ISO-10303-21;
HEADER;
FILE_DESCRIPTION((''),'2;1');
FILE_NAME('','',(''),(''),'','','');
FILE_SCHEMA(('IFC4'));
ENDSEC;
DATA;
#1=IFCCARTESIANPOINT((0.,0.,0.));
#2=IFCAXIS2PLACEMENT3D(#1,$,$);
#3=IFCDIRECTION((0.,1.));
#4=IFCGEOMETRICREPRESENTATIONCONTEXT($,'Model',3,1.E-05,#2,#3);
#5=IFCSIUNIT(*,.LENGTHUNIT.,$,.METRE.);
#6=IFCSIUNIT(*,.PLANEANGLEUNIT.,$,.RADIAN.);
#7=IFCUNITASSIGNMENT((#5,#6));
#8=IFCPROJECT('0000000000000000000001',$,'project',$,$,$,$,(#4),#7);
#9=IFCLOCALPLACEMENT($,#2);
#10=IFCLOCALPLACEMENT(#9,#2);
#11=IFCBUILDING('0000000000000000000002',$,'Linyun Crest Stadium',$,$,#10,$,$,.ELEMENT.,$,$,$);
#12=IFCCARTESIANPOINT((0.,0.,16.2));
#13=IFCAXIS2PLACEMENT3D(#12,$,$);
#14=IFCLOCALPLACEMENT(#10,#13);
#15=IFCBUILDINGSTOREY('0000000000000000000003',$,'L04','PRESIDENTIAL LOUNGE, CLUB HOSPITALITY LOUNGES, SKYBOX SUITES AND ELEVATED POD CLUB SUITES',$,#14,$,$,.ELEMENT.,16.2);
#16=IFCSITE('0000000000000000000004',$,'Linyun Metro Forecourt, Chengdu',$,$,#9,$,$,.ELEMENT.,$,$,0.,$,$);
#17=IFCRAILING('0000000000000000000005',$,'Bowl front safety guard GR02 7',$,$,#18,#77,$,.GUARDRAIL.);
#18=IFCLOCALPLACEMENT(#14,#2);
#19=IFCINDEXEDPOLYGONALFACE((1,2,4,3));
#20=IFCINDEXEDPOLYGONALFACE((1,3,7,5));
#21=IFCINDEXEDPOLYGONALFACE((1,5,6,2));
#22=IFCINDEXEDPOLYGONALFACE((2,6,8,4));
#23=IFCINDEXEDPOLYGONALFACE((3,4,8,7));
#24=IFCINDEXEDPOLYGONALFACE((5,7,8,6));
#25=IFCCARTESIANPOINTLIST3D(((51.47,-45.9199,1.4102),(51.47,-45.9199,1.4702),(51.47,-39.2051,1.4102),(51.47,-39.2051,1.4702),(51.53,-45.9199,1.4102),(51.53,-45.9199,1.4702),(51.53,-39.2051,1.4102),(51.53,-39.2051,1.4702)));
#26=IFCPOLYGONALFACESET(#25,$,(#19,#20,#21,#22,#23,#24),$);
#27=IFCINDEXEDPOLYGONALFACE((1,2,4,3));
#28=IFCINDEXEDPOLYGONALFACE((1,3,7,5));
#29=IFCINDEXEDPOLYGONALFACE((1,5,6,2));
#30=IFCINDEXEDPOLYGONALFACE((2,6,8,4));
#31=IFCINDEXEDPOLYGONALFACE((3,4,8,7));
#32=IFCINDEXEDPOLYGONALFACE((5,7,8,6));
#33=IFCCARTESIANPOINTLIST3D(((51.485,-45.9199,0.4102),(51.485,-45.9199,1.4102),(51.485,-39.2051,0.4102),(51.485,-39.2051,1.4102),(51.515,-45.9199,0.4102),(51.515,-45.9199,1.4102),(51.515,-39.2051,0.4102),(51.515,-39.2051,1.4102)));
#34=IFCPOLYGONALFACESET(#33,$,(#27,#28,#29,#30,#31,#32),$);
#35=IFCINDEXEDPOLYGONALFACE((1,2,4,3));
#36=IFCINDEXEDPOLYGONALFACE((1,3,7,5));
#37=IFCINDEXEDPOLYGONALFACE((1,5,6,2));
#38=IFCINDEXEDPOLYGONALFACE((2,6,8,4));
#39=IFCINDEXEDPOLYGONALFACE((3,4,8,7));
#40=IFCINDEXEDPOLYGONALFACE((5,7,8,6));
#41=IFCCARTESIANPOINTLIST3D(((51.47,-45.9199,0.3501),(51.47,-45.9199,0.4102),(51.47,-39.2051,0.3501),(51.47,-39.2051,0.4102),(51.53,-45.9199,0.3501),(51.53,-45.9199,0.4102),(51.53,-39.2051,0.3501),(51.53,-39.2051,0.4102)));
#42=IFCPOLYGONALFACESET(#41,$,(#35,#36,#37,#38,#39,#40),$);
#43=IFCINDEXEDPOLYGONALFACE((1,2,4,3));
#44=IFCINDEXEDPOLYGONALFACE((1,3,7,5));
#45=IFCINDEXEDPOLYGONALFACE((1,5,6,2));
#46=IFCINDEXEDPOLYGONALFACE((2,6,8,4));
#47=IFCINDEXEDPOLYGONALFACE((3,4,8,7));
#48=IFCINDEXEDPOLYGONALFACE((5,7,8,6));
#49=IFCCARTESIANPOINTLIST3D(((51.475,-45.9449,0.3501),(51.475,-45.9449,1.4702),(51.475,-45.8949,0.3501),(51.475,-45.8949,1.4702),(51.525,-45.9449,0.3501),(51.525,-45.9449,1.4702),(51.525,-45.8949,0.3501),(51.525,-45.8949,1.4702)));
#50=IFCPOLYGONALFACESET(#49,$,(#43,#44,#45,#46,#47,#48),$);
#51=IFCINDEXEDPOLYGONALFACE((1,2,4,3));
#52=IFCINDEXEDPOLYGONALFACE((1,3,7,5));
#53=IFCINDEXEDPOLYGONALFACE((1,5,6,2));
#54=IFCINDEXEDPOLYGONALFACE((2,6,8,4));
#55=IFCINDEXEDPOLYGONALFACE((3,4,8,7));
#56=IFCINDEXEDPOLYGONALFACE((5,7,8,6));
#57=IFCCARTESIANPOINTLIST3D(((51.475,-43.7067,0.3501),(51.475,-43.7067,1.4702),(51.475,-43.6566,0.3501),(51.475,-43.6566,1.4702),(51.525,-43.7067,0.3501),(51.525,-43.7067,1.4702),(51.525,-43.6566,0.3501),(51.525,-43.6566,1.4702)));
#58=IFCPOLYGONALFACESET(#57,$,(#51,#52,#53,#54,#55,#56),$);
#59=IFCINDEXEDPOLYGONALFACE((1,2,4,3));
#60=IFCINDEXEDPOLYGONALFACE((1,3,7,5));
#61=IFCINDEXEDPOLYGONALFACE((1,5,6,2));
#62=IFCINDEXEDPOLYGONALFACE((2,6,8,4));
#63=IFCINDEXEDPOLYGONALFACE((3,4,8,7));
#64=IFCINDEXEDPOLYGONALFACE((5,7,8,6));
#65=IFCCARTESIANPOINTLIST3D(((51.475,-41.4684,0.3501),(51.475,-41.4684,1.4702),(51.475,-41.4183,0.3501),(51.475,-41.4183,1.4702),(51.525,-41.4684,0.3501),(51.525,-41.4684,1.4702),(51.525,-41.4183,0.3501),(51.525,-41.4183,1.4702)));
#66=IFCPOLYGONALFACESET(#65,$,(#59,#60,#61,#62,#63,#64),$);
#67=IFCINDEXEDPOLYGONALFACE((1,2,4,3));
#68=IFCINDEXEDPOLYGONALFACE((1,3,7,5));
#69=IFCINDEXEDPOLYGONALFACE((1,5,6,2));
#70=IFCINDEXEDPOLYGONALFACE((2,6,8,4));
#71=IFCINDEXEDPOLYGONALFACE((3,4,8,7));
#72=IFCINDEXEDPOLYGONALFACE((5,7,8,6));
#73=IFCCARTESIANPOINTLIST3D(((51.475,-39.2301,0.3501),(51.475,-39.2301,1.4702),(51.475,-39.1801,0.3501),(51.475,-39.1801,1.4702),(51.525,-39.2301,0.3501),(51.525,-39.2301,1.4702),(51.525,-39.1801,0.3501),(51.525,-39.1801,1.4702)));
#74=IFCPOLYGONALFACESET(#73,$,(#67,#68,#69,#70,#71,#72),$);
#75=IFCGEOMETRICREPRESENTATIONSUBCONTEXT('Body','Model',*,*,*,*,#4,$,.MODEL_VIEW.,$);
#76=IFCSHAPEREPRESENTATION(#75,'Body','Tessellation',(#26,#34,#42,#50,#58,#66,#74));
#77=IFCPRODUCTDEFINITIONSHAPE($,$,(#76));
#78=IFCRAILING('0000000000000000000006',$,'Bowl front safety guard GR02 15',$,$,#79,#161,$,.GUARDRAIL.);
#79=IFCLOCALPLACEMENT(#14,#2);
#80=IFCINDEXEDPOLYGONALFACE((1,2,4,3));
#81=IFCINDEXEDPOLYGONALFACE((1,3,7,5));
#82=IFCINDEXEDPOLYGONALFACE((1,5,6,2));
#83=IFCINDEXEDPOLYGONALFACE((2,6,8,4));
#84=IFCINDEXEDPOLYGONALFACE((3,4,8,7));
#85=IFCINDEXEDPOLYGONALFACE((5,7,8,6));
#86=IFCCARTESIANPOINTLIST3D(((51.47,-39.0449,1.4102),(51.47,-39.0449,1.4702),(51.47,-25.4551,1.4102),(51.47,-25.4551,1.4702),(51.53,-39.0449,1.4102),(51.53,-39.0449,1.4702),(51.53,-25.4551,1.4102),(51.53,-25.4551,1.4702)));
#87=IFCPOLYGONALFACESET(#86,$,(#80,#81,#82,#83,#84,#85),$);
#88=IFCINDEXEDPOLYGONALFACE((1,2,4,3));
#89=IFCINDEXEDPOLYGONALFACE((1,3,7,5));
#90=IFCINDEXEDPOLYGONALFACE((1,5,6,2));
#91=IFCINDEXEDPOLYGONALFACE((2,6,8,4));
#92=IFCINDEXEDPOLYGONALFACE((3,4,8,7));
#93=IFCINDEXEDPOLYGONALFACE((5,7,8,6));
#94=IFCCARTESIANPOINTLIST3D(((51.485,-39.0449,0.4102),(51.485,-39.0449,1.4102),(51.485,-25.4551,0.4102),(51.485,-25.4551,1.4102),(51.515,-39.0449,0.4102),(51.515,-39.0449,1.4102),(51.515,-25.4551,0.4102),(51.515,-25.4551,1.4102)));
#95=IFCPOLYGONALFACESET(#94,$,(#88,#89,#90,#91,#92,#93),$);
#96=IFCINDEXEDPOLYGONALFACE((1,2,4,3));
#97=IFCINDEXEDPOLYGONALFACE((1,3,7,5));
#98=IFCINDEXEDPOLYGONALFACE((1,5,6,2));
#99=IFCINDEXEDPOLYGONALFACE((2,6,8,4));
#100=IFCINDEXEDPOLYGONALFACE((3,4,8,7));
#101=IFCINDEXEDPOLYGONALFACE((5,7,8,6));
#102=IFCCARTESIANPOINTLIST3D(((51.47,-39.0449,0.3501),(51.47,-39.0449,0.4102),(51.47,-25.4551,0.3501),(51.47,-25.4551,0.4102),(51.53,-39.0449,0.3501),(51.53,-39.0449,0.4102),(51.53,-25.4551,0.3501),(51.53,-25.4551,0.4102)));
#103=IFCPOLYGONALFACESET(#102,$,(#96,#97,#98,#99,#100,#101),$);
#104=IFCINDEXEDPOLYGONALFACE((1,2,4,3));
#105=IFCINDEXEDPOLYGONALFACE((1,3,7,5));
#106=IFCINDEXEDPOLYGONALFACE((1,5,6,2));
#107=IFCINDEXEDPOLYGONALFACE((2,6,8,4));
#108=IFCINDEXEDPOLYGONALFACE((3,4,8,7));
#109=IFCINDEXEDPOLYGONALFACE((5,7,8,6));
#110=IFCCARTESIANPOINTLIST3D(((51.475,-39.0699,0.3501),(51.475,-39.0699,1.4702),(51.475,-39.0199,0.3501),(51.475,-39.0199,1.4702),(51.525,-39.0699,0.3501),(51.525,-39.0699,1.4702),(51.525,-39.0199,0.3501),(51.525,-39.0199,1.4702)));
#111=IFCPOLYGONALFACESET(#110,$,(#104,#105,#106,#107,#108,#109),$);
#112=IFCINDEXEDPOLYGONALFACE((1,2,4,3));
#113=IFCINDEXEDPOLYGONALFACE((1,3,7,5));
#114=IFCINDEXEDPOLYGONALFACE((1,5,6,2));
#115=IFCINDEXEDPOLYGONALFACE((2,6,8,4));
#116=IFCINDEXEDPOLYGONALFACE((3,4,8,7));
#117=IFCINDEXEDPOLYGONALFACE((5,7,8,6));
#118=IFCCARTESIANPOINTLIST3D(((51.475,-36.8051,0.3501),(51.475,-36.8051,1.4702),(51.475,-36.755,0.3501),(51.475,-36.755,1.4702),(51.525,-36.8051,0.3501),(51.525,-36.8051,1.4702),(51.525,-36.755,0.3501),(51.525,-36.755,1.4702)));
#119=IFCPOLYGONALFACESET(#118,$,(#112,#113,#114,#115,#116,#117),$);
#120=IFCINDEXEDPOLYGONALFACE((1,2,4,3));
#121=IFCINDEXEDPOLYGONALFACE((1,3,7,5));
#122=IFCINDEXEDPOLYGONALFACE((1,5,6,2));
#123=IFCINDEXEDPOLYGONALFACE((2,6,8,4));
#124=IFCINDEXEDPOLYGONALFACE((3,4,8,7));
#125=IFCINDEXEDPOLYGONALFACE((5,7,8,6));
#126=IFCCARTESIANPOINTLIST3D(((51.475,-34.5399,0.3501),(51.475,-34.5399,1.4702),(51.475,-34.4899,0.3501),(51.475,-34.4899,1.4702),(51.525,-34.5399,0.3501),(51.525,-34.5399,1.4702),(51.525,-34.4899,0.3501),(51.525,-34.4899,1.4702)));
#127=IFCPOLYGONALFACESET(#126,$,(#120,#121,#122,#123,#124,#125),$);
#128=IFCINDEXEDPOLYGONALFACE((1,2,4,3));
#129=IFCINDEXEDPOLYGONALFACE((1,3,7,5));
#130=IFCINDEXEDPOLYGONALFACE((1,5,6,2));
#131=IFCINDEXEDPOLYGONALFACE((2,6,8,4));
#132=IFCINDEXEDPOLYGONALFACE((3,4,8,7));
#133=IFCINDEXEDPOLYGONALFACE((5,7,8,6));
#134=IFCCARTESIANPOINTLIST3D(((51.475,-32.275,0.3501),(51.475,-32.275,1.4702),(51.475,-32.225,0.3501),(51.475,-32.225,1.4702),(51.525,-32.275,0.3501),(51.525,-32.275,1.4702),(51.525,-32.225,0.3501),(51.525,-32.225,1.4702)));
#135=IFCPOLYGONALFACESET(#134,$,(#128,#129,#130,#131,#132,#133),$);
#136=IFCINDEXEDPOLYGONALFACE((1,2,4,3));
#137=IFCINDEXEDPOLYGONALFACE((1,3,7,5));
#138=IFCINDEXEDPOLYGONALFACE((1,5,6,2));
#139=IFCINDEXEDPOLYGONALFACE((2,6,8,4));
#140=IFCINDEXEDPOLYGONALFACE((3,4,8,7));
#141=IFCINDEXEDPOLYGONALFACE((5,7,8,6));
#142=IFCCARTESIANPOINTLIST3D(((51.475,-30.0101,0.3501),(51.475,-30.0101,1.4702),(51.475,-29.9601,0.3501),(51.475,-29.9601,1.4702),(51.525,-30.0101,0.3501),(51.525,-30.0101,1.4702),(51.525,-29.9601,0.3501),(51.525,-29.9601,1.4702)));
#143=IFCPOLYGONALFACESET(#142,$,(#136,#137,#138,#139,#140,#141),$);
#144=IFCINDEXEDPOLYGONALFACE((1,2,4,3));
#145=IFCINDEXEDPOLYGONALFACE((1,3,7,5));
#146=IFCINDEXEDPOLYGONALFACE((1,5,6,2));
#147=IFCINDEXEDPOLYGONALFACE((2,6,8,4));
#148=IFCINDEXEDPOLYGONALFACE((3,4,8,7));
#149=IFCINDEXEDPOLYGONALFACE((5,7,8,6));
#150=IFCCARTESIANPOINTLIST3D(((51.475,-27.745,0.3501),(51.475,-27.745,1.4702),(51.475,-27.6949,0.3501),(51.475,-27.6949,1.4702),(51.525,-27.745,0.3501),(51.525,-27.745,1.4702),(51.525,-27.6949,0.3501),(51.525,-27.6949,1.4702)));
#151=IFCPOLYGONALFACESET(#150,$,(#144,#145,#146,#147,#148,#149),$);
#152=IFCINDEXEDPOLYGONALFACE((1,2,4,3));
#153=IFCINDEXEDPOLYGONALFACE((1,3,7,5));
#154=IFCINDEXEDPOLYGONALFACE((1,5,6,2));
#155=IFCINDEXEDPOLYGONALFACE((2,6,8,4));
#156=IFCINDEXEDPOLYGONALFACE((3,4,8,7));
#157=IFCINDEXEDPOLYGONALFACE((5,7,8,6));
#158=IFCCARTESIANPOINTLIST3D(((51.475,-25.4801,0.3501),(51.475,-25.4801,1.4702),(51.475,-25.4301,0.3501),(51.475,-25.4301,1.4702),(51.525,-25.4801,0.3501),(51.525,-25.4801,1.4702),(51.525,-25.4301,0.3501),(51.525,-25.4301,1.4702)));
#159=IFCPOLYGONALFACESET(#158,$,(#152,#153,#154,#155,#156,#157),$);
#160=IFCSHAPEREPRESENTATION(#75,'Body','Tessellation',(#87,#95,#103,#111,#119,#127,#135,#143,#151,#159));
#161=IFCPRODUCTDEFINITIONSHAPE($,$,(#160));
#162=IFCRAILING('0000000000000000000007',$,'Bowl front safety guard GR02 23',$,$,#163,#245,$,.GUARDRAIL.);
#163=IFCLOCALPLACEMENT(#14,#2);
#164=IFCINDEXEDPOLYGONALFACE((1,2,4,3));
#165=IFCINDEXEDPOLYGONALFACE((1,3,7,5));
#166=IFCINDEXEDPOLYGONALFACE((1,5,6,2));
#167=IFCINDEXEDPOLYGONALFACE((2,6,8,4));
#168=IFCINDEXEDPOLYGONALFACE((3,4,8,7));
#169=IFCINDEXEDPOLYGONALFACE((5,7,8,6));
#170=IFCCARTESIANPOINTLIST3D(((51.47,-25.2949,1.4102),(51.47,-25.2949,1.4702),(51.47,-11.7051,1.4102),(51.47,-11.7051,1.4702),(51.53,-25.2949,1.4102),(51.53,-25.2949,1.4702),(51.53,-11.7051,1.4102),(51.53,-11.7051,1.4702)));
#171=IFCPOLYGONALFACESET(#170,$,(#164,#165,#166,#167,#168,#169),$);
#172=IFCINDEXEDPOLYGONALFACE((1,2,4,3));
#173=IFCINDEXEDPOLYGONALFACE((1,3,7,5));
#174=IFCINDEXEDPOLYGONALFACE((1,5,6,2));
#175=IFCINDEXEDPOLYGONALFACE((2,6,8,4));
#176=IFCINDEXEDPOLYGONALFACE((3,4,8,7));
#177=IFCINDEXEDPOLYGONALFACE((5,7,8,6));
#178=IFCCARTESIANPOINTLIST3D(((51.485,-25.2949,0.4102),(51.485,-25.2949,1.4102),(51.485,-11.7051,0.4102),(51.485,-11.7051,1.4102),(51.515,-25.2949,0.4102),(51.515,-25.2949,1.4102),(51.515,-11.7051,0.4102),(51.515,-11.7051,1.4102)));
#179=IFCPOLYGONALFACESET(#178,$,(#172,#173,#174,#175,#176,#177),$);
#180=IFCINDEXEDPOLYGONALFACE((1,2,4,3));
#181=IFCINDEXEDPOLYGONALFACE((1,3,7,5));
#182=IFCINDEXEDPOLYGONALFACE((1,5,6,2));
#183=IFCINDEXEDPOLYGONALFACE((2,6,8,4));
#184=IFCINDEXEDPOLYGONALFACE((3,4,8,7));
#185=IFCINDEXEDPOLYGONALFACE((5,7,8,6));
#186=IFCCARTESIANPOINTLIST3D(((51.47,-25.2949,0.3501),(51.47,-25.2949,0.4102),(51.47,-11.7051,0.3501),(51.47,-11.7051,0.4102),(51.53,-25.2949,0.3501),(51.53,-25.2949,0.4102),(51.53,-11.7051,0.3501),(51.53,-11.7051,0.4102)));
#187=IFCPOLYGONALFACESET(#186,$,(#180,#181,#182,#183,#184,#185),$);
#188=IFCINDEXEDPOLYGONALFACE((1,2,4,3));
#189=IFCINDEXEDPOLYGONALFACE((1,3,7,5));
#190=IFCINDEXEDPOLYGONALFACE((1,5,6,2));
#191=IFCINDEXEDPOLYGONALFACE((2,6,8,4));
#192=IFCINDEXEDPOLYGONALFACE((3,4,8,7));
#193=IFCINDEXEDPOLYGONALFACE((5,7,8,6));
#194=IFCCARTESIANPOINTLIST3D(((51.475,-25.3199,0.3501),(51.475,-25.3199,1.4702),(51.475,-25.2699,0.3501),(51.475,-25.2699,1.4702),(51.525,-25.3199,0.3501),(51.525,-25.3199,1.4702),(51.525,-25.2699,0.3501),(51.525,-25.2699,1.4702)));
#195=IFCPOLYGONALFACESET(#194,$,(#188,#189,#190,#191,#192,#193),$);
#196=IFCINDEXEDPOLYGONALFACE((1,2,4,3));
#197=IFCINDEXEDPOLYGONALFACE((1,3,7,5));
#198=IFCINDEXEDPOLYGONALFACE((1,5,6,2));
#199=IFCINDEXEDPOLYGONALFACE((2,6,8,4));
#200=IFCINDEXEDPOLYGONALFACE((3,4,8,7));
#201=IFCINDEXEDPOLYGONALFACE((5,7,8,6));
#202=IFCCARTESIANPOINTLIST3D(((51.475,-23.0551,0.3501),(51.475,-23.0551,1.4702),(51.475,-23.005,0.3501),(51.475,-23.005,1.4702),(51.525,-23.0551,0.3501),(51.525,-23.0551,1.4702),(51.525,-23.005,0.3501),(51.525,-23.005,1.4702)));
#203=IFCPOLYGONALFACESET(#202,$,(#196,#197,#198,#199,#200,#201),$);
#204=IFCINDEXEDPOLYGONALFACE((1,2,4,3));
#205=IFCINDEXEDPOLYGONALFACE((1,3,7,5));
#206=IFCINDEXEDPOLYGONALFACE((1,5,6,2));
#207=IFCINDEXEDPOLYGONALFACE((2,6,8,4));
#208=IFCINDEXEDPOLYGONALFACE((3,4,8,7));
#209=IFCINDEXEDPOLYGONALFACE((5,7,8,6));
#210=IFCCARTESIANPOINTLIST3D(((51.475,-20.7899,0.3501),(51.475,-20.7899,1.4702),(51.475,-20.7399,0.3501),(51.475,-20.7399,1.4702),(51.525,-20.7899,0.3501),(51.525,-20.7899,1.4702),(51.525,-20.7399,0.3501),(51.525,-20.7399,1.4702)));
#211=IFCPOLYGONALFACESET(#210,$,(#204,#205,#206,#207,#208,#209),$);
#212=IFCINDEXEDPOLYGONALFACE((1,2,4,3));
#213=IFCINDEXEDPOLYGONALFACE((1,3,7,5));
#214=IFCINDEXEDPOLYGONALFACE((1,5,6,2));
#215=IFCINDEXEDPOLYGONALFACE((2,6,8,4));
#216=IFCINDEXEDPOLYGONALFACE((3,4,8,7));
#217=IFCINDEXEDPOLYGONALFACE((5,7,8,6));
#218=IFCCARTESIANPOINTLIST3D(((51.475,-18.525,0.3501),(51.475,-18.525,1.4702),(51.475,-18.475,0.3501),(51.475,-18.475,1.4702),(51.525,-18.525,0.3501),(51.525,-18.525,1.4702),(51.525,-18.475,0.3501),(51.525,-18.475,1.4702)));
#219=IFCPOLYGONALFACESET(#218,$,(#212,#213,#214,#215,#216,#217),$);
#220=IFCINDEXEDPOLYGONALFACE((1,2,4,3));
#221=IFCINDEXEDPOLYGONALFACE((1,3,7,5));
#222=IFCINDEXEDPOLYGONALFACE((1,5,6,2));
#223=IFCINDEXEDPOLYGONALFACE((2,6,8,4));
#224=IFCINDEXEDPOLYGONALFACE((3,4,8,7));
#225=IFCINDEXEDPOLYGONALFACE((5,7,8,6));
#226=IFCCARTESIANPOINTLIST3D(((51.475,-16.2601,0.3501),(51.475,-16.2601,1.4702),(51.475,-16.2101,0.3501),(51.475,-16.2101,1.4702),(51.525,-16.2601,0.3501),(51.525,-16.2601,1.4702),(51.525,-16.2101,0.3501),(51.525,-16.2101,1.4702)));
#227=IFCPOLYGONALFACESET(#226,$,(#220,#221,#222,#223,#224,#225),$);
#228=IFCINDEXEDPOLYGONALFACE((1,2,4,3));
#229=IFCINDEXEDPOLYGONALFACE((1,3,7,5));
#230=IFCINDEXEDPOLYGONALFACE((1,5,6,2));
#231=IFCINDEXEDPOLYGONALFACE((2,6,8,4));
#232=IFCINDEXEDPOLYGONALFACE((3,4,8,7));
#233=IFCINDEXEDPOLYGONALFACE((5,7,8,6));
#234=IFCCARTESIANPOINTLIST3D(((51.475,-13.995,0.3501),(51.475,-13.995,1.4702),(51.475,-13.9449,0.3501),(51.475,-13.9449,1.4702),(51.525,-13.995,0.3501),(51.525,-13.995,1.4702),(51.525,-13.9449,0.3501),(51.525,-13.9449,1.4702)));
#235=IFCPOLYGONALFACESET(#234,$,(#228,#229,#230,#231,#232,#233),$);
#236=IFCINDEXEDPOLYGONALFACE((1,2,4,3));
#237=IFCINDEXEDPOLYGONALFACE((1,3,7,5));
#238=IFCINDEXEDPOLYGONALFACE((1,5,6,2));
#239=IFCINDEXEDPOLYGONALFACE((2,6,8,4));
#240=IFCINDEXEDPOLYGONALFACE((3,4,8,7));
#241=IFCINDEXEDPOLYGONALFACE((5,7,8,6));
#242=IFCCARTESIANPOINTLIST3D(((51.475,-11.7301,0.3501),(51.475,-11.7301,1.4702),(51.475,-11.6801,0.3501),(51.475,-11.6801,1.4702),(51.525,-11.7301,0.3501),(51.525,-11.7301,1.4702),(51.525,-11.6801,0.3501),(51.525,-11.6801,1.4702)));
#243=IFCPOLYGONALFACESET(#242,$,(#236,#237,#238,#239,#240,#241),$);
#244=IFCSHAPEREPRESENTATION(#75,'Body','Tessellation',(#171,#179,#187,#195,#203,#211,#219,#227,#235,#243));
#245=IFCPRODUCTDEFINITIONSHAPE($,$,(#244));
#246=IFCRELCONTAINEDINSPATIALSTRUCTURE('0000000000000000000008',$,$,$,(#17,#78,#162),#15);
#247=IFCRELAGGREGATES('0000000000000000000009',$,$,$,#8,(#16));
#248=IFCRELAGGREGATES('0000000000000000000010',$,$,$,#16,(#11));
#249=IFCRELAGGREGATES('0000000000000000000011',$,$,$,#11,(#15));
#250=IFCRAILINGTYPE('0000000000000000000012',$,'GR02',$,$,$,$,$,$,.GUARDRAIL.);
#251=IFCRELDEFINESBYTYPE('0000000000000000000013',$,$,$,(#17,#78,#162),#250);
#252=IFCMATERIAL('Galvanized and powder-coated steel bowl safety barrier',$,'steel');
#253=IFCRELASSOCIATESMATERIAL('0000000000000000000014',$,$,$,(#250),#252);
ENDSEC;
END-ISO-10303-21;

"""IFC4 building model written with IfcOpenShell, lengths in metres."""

from ifc_helpers import new_model, si_unit, direction, frame, origin, origin_2d, place, context, subcontext, project, spatial, rectangle, extrude, material, type_object, element, save


model = new_model("IFC4")

# Units and contexts
model_context = context("Model", 3, precision=1e-05, world=origin(), true_north=direction((0.0, 1.0)))
body_context = subcontext(model_context, "Body", "Model", "MODEL_VIEW")
ifc_project = project(units=[si_unit("LENGTHUNIT", "METRE"), si_unit("PLANEANGLEUNIT", "RADIAN")], contexts=[model_context])

# Site, building, storey
site_placement = place(None, origin())
site = spatial("IfcSite", under=ifc_project, at=site_placement, Name="Linyun Metro Forecourt, Chengdu", CompositionType="ELEMENT", RefElevation=0.0)
building_placement = place(site_placement, origin())
building = spatial("IfcBuilding", under=site, at=building_placement, Name="Linyun Crest Stadium", CompositionType="ELEMENT")
storey_placement = place(building_placement, frame((0.0, 0.0, 16.2)))
storey = spatial("IfcBuildingStorey", under=building, at=storey_placement, Name="L04", Description="PRESIDENTIAL LOUNGE, CLUB HOSPITALITY LOUNGES, SKYBOX SUITES AND ELEVATED POD CLUB SUITES", CompositionType="ELEMENT", Elevation=16.2)

# Railings
ifc_material_1 = material(Name="Galvanized and powder-coated steel bowl safety barrier", Category="steel")
railing_type_1 = type_object("IfcRailingType", Name="GR02", PredefinedType="GUARDRAIL", material=ifc_material_1)
railing_1_placement = place(storey_placement, frame((51.5, -45.9199, 0.3501)))
element("IfcRailing", 1, at=railing_1_placement, inside=storey, type_object=railing_type_1, Name="Bowl front safety guard GR02 7", PredefinedType="GUARDRAIL", context=body_context, shape_type="SweptSolid", body=[
    extrude(rectangle(XDim=0.0601, YDim=0.0601, at=origin_2d()), frame((0.0, 0.0, 1.0901), z_axis=(0.0, 1.0, 0.0), x_axis=(-1.0, 0.0, 0.0)), (0.0, 0.0, 1.0), 6.7148),
    extrude(rectangle(XDim=0.03, YDim=1.0, at=origin_2d()), frame((0.0, 0.0, 0.5601), z_axis=(0.0, 1.0, 0.0), x_axis=(-1.0, 0.0, 0.0)), (0.0, 0.0, 1.0), 6.7148),
    extrude(rectangle(XDim=0.0601, YDim=0.0601, at=origin_2d()), frame((0.0, 0.0, 0.03), z_axis=(0.0, 1.0, 0.0), x_axis=(-1.0, 0.0, 0.0)), (0.0, 0.0, 1.0), 6.7148),
    extrude(rectangle(XDim=0.05, YDim=0.05, at=origin_2d()), origin(), (0.0, 0.0, 1.0), 1.1201),
    extrude(rectangle(XDim=0.05, YDim=0.05, at=origin_2d()), frame((0.0, 2.2383, 0.0)), (0.0, 0.0, 1.0), 1.1201),
    extrude(rectangle(XDim=0.05, YDim=0.05, at=origin_2d()), frame((0.0, 4.4766, 0.0)), (0.0, 0.0, 1.0), 1.1201),
    extrude(rectangle(XDim=0.05, YDim=0.05, at=origin_2d()), frame((0.0, 6.7148, 0.0)), (0.0, 0.0, 1.0), 1.1201),
])
for number, where, name in (
    (2, (51.5, -39.0449, 0.3501), "Bowl front safety guard GR02 15"),
    (3, (51.5, -25.2949, 0.3501), "Bowl front safety guard GR02 23"),
):
    element("IfcRailing", number, at=place(storey_placement, frame(where)), inside=storey, type_object=railing_type_1, Name=name, PredefinedType="GUARDRAIL", context=body_context, shape_type="SweptSolid", body=[
        extrude(rectangle(XDim=0.0601, YDim=0.0601, at=origin_2d()), frame((0.0, 0.0, 1.0901), z_axis=(0.0, 1.0, 0.0), x_axis=(-1.0, 0.0, 0.0)), (0.0, 0.0, 1.0), 13.5898),
        extrude(rectangle(XDim=0.03, YDim=1.0, at=origin_2d()), frame((0.0, 0.0, 0.5601), z_axis=(0.0, 1.0, 0.0), x_axis=(-1.0, 0.0, 0.0)), (0.0, 0.0, 1.0), 13.5898),
        extrude(rectangle(XDim=0.0601, YDim=0.0601, at=origin_2d()), frame((0.0, 0.0, 0.03), z_axis=(0.0, 1.0, 0.0), x_axis=(-1.0, 0.0, 0.0)), (0.0, 0.0, 1.0), 13.5898),
        extrude(rectangle(XDim=0.05, YDim=0.05, at=origin_2d()), origin(), (0.0, 0.0, 1.0), 1.1201),
        extrude(rectangle(XDim=0.05, YDim=0.05, at=origin_2d()), frame((0.0, 2.2649, 0.0)), (0.0, 0.0, 1.0), 1.1201),
        extrude(rectangle(XDim=0.05, YDim=0.05, at=origin_2d()), frame((0.0, 4.53, 0.0)), (0.0, 0.0, 1.0), 1.1201),
        extrude(rectangle(XDim=0.05, YDim=0.05, at=origin_2d()), frame((0.0, 6.7949, 0.0)), (0.0, 0.0, 1.0), 1.1201),
        extrude(rectangle(XDim=0.05, YDim=0.05, at=origin_2d()), frame((0.0, 9.0598, 0.0)), (0.0, 0.0, 1.0), 1.1201),
        extrude(rectangle(XDim=0.05, YDim=0.05, at=origin_2d()), frame((0.0, 11.325, 0.0)), (0.0, 0.0, 1.0), 1.1201),
        extrude(rectangle(XDim=0.05, YDim=0.05, at=origin_2d()), frame((0.0, 13.5898, 0.0)), (0.0, 0.0, 1.0), 1.1201),
    ])

save(model, "model.ifc")
